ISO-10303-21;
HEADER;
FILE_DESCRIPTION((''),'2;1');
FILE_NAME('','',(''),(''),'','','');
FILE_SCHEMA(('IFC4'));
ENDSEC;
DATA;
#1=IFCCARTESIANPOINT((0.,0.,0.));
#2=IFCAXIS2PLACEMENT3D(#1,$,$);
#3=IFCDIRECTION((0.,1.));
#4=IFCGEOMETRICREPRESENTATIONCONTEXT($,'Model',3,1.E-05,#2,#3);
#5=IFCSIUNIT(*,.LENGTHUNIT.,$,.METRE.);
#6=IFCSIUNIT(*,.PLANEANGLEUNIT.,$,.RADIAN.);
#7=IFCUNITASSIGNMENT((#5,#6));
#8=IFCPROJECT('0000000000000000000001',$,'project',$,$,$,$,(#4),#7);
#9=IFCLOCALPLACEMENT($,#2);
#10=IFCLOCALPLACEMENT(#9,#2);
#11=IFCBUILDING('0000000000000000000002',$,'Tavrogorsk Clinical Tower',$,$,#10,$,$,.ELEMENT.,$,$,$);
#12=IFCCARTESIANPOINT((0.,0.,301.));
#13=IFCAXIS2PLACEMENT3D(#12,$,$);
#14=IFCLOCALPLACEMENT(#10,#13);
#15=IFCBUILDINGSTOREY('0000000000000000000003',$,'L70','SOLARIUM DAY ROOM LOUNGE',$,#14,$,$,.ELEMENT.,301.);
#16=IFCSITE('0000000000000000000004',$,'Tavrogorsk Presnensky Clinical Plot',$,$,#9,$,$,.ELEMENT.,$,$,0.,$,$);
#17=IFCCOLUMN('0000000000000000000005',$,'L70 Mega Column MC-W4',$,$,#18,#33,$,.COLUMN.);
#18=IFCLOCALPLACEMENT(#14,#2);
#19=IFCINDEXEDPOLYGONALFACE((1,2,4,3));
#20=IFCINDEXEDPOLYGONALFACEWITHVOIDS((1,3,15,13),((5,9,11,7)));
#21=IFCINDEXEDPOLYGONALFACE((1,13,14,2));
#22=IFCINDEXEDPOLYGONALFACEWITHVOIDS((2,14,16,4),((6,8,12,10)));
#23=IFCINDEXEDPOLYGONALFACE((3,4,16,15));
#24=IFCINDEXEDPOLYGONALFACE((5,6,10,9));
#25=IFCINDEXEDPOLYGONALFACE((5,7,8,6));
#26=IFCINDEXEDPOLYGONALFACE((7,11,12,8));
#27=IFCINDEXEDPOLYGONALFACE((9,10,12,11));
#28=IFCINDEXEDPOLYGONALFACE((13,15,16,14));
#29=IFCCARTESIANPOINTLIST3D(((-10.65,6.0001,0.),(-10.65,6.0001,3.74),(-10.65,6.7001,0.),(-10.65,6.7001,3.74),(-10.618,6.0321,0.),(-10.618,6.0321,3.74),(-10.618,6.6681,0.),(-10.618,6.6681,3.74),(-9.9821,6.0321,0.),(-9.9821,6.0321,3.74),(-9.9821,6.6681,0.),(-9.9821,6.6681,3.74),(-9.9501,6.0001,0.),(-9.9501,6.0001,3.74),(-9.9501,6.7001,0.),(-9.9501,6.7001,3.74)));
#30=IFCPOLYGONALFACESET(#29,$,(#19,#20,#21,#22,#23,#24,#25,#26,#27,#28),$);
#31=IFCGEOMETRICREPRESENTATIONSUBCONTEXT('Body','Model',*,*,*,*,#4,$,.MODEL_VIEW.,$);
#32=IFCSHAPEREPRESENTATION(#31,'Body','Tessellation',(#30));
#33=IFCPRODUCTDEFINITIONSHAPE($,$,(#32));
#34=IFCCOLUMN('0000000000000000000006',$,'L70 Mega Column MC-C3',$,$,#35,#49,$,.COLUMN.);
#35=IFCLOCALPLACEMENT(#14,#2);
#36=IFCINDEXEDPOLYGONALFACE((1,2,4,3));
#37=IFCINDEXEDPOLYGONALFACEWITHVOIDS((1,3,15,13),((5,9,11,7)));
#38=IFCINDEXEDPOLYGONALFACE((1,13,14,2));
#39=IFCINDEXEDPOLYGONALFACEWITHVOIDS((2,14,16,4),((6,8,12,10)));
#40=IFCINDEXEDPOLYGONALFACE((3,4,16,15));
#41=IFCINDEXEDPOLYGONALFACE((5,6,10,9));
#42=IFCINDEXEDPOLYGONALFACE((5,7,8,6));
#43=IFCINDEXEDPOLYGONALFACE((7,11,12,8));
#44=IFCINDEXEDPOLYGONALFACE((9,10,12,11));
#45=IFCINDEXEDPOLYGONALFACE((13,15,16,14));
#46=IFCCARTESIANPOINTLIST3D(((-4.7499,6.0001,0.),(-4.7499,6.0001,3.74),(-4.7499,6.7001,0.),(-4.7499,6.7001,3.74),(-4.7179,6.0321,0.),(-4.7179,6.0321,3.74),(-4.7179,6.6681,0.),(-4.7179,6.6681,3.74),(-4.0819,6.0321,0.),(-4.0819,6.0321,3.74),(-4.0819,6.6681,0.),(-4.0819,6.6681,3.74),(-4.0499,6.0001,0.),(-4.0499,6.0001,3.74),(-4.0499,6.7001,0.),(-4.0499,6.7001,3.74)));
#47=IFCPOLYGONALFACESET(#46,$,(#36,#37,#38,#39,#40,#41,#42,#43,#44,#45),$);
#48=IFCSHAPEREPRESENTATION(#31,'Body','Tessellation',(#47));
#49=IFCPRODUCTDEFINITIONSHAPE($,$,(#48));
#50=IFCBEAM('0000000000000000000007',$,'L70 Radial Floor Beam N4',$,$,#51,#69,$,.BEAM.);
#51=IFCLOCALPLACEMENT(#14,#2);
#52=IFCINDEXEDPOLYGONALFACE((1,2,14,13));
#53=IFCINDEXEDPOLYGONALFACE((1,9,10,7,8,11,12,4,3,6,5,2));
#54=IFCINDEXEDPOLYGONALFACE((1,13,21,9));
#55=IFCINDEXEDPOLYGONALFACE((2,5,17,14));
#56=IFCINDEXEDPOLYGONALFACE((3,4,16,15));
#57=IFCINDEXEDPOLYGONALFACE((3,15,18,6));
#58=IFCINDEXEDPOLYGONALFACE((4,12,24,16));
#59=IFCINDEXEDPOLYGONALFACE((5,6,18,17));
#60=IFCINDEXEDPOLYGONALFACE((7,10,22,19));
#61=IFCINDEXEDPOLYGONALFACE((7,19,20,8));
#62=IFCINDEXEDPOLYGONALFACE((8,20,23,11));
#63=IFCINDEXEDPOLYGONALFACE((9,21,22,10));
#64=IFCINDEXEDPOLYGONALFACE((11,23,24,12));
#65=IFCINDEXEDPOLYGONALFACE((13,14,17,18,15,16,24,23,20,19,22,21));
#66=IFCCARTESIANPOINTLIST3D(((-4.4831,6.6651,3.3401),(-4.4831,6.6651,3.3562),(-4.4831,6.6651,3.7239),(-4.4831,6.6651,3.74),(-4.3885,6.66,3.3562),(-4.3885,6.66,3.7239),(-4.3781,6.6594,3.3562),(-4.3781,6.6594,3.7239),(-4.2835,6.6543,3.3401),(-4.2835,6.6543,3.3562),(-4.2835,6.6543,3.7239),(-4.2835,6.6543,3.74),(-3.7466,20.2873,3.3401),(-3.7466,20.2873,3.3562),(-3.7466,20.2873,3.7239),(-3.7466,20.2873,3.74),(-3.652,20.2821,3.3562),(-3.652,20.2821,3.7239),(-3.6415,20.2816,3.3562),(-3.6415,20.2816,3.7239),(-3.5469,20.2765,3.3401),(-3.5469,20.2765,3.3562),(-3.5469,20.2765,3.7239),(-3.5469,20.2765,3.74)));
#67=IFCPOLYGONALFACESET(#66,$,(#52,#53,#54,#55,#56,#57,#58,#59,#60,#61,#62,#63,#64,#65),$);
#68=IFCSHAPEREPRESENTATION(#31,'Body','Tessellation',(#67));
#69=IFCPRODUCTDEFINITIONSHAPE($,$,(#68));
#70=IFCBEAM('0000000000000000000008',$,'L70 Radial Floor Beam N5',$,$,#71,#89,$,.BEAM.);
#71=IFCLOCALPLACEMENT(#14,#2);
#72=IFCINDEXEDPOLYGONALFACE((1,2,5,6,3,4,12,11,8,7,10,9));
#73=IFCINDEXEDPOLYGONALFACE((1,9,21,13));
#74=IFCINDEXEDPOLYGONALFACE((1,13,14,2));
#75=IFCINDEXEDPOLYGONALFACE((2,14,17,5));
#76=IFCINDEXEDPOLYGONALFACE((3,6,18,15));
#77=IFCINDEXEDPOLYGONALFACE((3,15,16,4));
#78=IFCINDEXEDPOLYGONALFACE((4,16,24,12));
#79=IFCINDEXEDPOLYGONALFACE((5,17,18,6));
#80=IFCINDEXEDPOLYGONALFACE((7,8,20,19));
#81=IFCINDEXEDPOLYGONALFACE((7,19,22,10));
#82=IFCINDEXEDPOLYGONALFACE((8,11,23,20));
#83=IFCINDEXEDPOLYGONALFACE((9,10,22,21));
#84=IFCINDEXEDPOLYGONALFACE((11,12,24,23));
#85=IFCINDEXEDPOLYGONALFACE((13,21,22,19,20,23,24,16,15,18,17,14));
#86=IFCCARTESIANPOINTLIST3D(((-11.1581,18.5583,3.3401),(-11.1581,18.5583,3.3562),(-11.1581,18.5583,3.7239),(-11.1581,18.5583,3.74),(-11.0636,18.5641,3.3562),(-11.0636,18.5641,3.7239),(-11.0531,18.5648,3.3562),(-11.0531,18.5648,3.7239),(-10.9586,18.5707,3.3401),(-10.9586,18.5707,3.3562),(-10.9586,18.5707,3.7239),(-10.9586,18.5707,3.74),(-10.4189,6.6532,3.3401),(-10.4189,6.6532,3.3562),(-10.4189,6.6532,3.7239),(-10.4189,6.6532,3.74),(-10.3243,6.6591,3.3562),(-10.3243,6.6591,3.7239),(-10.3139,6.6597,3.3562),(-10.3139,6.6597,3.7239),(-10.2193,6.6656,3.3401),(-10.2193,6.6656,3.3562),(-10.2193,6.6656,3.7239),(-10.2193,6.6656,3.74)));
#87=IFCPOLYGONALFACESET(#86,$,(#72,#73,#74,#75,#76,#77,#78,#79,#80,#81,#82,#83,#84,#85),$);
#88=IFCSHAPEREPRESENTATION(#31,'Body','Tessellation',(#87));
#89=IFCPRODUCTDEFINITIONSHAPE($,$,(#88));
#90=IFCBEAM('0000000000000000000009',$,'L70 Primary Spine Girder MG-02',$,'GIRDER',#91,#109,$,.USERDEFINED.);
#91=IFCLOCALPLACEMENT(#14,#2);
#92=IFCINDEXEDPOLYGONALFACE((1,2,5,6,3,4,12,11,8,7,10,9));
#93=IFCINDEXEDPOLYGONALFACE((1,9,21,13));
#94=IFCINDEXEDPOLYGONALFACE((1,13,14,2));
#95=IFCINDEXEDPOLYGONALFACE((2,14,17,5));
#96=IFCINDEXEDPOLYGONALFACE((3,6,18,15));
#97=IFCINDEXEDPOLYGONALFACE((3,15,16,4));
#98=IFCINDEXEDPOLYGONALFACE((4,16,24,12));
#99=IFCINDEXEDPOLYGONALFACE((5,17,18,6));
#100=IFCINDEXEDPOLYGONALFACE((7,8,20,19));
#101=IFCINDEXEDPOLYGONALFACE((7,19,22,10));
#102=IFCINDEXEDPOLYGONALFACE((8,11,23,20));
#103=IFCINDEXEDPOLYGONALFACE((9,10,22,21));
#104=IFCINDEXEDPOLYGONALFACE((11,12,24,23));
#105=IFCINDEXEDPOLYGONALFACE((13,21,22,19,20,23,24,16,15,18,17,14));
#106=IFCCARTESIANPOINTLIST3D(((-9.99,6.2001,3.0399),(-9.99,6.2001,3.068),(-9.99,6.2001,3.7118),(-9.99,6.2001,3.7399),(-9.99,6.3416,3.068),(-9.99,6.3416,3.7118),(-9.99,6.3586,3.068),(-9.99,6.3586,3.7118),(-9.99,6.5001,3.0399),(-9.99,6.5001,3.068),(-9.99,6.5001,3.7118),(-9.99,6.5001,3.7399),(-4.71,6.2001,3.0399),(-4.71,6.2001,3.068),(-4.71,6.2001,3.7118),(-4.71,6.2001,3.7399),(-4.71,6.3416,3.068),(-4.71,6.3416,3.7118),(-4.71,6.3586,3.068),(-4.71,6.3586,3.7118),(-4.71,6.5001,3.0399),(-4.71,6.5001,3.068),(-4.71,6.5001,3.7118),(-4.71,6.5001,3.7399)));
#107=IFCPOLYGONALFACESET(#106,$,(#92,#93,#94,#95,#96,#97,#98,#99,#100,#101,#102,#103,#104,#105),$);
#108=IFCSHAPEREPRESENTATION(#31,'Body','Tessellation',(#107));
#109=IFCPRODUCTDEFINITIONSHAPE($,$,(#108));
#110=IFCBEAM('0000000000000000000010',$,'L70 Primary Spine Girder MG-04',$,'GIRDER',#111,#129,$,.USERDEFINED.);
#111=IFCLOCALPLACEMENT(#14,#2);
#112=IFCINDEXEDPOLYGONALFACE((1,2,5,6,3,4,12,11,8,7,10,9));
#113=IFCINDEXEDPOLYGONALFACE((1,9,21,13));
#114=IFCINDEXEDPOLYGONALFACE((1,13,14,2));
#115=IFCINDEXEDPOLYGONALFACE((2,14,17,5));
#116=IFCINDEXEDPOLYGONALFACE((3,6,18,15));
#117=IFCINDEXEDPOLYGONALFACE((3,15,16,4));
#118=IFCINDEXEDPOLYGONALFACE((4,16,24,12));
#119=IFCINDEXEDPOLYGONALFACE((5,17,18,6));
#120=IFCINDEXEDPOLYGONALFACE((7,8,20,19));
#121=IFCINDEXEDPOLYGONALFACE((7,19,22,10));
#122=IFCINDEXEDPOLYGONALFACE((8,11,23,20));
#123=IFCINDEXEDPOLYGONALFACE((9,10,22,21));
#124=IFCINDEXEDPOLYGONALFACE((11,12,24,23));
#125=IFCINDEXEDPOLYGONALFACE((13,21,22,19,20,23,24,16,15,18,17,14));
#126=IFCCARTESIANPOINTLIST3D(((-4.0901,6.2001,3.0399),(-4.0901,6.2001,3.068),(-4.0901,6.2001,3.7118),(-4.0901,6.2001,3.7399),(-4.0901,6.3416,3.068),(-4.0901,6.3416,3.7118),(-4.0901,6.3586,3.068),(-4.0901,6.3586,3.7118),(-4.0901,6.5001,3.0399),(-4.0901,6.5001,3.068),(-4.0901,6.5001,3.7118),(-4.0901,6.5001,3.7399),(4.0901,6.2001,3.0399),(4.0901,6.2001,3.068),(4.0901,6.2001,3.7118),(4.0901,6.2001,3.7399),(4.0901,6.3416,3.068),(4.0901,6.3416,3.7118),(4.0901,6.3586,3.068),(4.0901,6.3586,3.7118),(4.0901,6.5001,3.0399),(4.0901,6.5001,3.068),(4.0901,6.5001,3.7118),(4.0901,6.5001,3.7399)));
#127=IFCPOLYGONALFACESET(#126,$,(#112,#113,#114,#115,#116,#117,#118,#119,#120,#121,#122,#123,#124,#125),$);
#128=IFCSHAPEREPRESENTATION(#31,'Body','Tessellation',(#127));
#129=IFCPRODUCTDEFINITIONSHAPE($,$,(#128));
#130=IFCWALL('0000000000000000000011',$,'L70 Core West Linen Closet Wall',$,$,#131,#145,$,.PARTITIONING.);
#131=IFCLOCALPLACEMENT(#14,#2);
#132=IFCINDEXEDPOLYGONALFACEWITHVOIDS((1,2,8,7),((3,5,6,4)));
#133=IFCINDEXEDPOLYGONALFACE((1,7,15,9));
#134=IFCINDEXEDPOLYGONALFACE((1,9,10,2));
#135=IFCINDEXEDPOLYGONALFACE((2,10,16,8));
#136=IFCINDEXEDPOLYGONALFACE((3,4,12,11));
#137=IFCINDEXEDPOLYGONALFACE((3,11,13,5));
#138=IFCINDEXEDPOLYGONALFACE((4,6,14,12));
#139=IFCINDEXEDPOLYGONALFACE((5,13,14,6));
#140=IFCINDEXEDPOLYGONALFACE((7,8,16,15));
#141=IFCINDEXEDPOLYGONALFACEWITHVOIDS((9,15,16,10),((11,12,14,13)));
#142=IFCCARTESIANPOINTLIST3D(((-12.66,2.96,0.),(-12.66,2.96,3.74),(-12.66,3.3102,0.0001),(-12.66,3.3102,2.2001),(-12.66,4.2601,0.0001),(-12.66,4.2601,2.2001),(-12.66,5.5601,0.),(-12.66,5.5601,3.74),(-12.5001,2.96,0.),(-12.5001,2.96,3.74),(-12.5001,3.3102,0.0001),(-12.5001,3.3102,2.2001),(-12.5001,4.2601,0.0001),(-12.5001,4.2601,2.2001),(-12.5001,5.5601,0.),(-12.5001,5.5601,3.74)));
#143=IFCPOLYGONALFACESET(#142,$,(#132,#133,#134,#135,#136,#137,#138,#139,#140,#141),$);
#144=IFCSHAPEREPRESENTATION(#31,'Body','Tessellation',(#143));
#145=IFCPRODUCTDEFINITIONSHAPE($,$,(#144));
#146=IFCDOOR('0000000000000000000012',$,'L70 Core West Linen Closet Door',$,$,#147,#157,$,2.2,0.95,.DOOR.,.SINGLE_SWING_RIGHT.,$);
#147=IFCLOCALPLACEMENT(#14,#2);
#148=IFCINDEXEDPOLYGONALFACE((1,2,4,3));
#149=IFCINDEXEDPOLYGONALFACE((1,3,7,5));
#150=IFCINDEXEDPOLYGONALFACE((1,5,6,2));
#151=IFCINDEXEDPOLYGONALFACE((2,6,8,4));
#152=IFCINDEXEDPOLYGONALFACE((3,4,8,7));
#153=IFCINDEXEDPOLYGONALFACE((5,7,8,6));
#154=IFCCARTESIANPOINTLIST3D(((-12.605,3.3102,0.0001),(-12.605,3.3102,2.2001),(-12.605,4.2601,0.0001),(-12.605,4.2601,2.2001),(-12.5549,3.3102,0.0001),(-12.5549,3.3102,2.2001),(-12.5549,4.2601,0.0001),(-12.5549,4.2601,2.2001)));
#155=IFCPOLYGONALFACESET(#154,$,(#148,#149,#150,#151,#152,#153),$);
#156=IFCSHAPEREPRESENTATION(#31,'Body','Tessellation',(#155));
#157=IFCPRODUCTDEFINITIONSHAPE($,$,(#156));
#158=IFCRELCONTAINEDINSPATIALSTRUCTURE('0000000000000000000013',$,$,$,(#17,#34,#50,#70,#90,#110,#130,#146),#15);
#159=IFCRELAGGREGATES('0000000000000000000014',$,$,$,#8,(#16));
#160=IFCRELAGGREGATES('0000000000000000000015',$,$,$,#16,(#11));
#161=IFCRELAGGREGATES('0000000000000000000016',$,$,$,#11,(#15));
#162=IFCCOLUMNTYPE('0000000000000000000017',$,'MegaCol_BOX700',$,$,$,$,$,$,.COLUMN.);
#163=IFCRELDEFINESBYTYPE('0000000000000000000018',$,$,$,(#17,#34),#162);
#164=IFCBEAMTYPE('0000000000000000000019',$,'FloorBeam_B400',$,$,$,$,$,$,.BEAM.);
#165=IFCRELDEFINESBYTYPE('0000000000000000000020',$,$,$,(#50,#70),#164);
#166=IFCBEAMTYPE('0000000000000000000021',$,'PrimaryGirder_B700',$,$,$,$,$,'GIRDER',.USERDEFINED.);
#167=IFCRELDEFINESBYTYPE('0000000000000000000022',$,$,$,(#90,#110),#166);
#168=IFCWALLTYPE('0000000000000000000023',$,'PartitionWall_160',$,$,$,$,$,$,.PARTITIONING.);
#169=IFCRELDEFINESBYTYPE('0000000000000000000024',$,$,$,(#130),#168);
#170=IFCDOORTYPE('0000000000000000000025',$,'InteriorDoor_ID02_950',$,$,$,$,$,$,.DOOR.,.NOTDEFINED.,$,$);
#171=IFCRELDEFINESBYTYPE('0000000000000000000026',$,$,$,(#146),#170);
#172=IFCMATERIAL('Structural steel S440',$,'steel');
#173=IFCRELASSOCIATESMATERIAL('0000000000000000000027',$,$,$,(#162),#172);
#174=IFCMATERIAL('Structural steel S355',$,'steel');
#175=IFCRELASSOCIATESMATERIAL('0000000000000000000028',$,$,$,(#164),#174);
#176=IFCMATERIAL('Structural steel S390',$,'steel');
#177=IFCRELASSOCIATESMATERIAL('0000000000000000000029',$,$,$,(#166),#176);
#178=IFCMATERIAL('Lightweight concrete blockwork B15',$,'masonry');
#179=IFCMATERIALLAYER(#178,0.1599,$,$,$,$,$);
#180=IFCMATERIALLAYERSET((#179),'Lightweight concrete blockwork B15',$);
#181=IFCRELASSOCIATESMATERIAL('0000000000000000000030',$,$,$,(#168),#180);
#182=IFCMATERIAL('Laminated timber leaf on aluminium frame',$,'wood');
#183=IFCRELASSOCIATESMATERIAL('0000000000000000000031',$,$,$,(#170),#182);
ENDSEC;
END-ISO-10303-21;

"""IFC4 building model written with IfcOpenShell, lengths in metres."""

from ifc_helpers import new_model, si_unit, direction, frame, frame_2d, origin, origin_2d, place, context, subcontext, project, spatial, rectangle, hollow_rectangle, i_section, extrude, material, layer, layer_set, material_profile, profile_set, type_object, element, fill, save


model = new_model("IFC4")

# Units and contexts
model_context = context("Model", 3, precision=1e-05, world=origin(), true_north=direction((0.0, 1.0)))
body_context = subcontext(model_context, "Body", "Model", "MODEL_VIEW")
ifc_project = project(units=[si_unit("LENGTHUNIT", "METRE"), si_unit("PLANEANGLEUNIT", "RADIAN")], contexts=[model_context])

# Site, building, storey
site_placement = place(None, origin())
site = spatial("IfcSite", under=ifc_project, at=site_placement, Name="Tavrogorsk Presnensky Clinical Plot", CompositionType="ELEMENT", RefElevation=0.0)
building_placement = place(site_placement, origin())
building = spatial("IfcBuilding", under=site, at=building_placement, Name="Tavrogorsk Clinical Tower", CompositionType="ELEMENT")
storey_placement = place(building_placement, frame((0.0, 0.0, 301.0)))
storey = spatial("IfcBuildingStorey", under=building, at=storey_placement, Name="L70", Description="SOLARIUM DAY ROOM LOUNGE", CompositionType="ELEMENT", Elevation=301.0)

# Columns
ifc_material_1 = material(Name="Structural steel S440", Category="steel")
ifc_material_profile_1 = material_profile(ifc_material_1, hollow_rectangle(XDim=0.7, YDim=0.7, WallThickness=0.032, at=origin_2d()), Name="BOX-700x700x32")
ifc_profile_set_1 = profile_set([ifc_material_profile_1], Name="Structural steel S440")
column_type = type_object("IfcColumnType", Name="MegaCol_BOX700", PredefinedType="COLUMN", material=ifc_profile_set_1)
for number, where, z_axis, x_axis, name in (
    (1, (-10.3, 6.3501, 0.0), (0.0, 0.0, 1.0), (1.0, 0.0, 0.0), "L70 Mega Column MC-W4"),
    (2, (-4.3999, 6.3501, 0.0), (0.0, 0.0, 1.0), (1.0, 0.0, 0.0), "L70 Mega Column MC-C3"),
):
    element("IfcColumn", number, at=place(storey_placement, frame(where, z_axis=z_axis, x_axis=x_axis)), inside=storey, type_object=column_type, Name=name, PredefinedType="COLUMN", context=body_context, shape_type="SweptSolid", body=[
        extrude(hollow_rectangle(XDim=0.7, YDim=0.7, WallThickness=0.032, at=origin_2d()), origin(), (0.0, 0.0, 1.0), 3.74),
    ])

# Beams
ifc_material_2 = material(Name="Structural steel S355", Category="steel")
ifc_material_profile_2 = material_profile(ifc_material_2, i_section(OverallWidth=0.2, OverallDepth=0.3999, WebThickness=0.0105, FlangeThickness=0.0161, at=origin_2d()), Name="B-400x200x10.5x16")
ifc_profile_set_2 = profile_set([ifc_material_profile_2], Name="Structural steel S355")
beam_type_1 = type_object("IfcBeamType", Name="FloorBeam_B400", PredefinedType="BEAM", material=ifc_profile_set_2)
beam_1_placement = place(storey_placement, frame((-4.3833, 6.6597, 3.54), z_axis=(0.053993, 0.998541, 0.0), x_axis=(-0.998541, 0.053993, 0.0)))
element("IfcBeam", 3, at=beam_1_placement, inside=storey, type_object=beam_type_1, Name="L70 Radial Floor Beam N4", PredefinedType="BEAM", context=body_context, shape_type="SweptSolid", body=[
    extrude(i_section(OverallWidth=0.2, OverallDepth=0.3999, WebThickness=0.0105, FlangeThickness=0.0161, at=origin_2d()), origin(), (0.0, 0.0, 1.0), 13.6421),
])
beam_2_placement = place(storey_placement, frame((-10.3191, 6.6594, 3.54), z_axis=(-0.061977, 0.998078, 0.0), x_axis=(-0.998078, -0.061977, 0.0)))
element("IfcBeam", 4, at=beam_2_placement, inside=storey, type_object=beam_type_1, Name="L70 Radial Floor Beam N5", PredefinedType="BEAM", context=body_context, shape_type="SweptSolid", body=[
    extrude(i_section(OverallWidth=0.2, OverallDepth=0.3999, WebThickness=0.0105, FlangeThickness=0.0161, at=origin_2d()), origin(), (0.0, 0.0, 1.0), 11.928),
])
ifc_material_3 = material(Name="Structural steel S390", Category="steel")
ifc_material_profile_3 = material_profile(ifc_material_3, i_section(OverallWidth=0.3, OverallDepth=0.7, WebThickness=0.0171, FlangeThickness=0.0281, at=origin_2d()), Name="B-700x300x17x28")
ifc_profile_set_3 = profile_set([ifc_material_profile_3], Name="Structural steel S390")
beam_type_2 = type_object("IfcBeamType", Name="PrimaryGirder_B700", ElementType="GIRDER", PredefinedType="USERDEFINED", material=ifc_profile_set_3)
beam_3_placement = place(storey_placement, frame((-9.99, 6.3501, 3.3899), z_axis=(1.0, 0.0, 0.0), x_axis=(0.0, 1.0, 0.0)))
element("IfcBeam", 5, at=beam_3_placement, inside=storey, type_object=beam_type_2, Name="L70 Primary Spine Girder MG-02", ObjectType="GIRDER", PredefinedType="USERDEFINED", context=body_context, shape_type="SweptSolid", body=[
    extrude(i_section(OverallWidth=0.3, OverallDepth=0.7, WebThickness=0.0171, FlangeThickness=0.0281, at=origin_2d()), origin(), (0.0, 0.0, 1.0), 5.28),
])
beam_4_placement = place(storey_placement, frame((-4.0901, 6.3501, 3.3899), z_axis=(1.0, 0.0, 0.0), x_axis=(0.0, 1.0, 0.0)))
element("IfcBeam", 6, at=beam_4_placement, inside=storey, type_object=beam_type_2, Name="L70 Primary Spine Girder MG-04", ObjectType="GIRDER", PredefinedType="USERDEFINED", context=body_context, shape_type="SweptSolid", body=[
    extrude(i_section(OverallWidth=0.3, OverallDepth=0.7, WebThickness=0.0171, FlangeThickness=0.0281, at=origin_2d()), origin(), (0.0, 0.0, 1.0), 8.1802),
])

# Wall, opening, door
ifc_material_4 = material(Name="Lightweight concrete blockwork B15", Category="masonry")
ifc_layer_1 = layer(ifc_material_4, 0.1599)
ifc_layer_set_1 = layer_set([ifc_layer_1], Name="Lightweight concrete blockwork B15")
wall_type_1 = type_object("IfcWallType", Name="PartitionWall_160", PredefinedType="PARTITIONING", material=ifc_layer_set_1)
wall_1_placement = place(storey_placement, frame((-12.5801, 2.96, 0.0), z_axis=(0.0, 0.0, 1.0), x_axis=(0.0, 1.0, 0.0)))
wall_1 = element("IfcWall", 7, at=wall_1_placement, inside=storey, type_object=wall_type_1, Name="L70 Core West Linen Closet Wall", PredefinedType="PARTITIONING", context=body_context, shape_type="SweptSolid", body=[
    extrude(rectangle(XDim=2.6001, YDim=0.1599, at=frame_2d((1.3, 0.0))), origin(), (0.0, 0.0, 1.0), 3.74),
])
opening_1_placement = place(wall_1_placement, frame((0.3501, 0.0, 0.0)))
opening_1 = element("IfcOpeningElement", 8, at=opening_1_placement, cuts=wall_1, PredefinedType="OPENING", context=body_context, shape_type="SweptSolid", body=[
    extrude(rectangle(XDim=0.95, YDim=2.2, at=frame_2d((0.4751, 1.1001))), frame((0.0, 0.0898, 0.0), z_axis=(0.0, -1.0, 0.0), x_axis=(1.0, 0.0, 0.0)), (0.0, 0.0, 1.0), 0.1799),
])
ifc_material_5 = material(Name="Laminated timber leaf on aluminium frame", Category="wood")
door_type_1 = type_object("IfcDoorType", Name="InteriorDoor_ID02_950", OperationType="NOTDEFINED", PredefinedType="DOOR", material=ifc_material_5)
door_1_placement = place(opening_1_placement, origin())
door_1 = element("IfcDoor", 9, at=door_1_placement, inside=storey, type_object=door_type_1, Name="L70 Core West Linen Closet Door", OperationType="SINGLE_SWING_RIGHT", OverallHeight=2.2, OverallWidth=0.95, PredefinedType="DOOR", context=body_context, shape_type="SweptSolid", body=[
    extrude(rectangle(XDim=0.95, YDim=2.2, at=frame_2d((0.4751, 1.1001))), frame((0.0, 0.0249, 0.0), z_axis=(0.0, -1.0, 0.0), x_axis=(1.0, 0.0, 0.0)), (0.0, 0.0, 1.0), 0.05),
])
fill(opening_1, door_1)

save(model, "model.ifc")
